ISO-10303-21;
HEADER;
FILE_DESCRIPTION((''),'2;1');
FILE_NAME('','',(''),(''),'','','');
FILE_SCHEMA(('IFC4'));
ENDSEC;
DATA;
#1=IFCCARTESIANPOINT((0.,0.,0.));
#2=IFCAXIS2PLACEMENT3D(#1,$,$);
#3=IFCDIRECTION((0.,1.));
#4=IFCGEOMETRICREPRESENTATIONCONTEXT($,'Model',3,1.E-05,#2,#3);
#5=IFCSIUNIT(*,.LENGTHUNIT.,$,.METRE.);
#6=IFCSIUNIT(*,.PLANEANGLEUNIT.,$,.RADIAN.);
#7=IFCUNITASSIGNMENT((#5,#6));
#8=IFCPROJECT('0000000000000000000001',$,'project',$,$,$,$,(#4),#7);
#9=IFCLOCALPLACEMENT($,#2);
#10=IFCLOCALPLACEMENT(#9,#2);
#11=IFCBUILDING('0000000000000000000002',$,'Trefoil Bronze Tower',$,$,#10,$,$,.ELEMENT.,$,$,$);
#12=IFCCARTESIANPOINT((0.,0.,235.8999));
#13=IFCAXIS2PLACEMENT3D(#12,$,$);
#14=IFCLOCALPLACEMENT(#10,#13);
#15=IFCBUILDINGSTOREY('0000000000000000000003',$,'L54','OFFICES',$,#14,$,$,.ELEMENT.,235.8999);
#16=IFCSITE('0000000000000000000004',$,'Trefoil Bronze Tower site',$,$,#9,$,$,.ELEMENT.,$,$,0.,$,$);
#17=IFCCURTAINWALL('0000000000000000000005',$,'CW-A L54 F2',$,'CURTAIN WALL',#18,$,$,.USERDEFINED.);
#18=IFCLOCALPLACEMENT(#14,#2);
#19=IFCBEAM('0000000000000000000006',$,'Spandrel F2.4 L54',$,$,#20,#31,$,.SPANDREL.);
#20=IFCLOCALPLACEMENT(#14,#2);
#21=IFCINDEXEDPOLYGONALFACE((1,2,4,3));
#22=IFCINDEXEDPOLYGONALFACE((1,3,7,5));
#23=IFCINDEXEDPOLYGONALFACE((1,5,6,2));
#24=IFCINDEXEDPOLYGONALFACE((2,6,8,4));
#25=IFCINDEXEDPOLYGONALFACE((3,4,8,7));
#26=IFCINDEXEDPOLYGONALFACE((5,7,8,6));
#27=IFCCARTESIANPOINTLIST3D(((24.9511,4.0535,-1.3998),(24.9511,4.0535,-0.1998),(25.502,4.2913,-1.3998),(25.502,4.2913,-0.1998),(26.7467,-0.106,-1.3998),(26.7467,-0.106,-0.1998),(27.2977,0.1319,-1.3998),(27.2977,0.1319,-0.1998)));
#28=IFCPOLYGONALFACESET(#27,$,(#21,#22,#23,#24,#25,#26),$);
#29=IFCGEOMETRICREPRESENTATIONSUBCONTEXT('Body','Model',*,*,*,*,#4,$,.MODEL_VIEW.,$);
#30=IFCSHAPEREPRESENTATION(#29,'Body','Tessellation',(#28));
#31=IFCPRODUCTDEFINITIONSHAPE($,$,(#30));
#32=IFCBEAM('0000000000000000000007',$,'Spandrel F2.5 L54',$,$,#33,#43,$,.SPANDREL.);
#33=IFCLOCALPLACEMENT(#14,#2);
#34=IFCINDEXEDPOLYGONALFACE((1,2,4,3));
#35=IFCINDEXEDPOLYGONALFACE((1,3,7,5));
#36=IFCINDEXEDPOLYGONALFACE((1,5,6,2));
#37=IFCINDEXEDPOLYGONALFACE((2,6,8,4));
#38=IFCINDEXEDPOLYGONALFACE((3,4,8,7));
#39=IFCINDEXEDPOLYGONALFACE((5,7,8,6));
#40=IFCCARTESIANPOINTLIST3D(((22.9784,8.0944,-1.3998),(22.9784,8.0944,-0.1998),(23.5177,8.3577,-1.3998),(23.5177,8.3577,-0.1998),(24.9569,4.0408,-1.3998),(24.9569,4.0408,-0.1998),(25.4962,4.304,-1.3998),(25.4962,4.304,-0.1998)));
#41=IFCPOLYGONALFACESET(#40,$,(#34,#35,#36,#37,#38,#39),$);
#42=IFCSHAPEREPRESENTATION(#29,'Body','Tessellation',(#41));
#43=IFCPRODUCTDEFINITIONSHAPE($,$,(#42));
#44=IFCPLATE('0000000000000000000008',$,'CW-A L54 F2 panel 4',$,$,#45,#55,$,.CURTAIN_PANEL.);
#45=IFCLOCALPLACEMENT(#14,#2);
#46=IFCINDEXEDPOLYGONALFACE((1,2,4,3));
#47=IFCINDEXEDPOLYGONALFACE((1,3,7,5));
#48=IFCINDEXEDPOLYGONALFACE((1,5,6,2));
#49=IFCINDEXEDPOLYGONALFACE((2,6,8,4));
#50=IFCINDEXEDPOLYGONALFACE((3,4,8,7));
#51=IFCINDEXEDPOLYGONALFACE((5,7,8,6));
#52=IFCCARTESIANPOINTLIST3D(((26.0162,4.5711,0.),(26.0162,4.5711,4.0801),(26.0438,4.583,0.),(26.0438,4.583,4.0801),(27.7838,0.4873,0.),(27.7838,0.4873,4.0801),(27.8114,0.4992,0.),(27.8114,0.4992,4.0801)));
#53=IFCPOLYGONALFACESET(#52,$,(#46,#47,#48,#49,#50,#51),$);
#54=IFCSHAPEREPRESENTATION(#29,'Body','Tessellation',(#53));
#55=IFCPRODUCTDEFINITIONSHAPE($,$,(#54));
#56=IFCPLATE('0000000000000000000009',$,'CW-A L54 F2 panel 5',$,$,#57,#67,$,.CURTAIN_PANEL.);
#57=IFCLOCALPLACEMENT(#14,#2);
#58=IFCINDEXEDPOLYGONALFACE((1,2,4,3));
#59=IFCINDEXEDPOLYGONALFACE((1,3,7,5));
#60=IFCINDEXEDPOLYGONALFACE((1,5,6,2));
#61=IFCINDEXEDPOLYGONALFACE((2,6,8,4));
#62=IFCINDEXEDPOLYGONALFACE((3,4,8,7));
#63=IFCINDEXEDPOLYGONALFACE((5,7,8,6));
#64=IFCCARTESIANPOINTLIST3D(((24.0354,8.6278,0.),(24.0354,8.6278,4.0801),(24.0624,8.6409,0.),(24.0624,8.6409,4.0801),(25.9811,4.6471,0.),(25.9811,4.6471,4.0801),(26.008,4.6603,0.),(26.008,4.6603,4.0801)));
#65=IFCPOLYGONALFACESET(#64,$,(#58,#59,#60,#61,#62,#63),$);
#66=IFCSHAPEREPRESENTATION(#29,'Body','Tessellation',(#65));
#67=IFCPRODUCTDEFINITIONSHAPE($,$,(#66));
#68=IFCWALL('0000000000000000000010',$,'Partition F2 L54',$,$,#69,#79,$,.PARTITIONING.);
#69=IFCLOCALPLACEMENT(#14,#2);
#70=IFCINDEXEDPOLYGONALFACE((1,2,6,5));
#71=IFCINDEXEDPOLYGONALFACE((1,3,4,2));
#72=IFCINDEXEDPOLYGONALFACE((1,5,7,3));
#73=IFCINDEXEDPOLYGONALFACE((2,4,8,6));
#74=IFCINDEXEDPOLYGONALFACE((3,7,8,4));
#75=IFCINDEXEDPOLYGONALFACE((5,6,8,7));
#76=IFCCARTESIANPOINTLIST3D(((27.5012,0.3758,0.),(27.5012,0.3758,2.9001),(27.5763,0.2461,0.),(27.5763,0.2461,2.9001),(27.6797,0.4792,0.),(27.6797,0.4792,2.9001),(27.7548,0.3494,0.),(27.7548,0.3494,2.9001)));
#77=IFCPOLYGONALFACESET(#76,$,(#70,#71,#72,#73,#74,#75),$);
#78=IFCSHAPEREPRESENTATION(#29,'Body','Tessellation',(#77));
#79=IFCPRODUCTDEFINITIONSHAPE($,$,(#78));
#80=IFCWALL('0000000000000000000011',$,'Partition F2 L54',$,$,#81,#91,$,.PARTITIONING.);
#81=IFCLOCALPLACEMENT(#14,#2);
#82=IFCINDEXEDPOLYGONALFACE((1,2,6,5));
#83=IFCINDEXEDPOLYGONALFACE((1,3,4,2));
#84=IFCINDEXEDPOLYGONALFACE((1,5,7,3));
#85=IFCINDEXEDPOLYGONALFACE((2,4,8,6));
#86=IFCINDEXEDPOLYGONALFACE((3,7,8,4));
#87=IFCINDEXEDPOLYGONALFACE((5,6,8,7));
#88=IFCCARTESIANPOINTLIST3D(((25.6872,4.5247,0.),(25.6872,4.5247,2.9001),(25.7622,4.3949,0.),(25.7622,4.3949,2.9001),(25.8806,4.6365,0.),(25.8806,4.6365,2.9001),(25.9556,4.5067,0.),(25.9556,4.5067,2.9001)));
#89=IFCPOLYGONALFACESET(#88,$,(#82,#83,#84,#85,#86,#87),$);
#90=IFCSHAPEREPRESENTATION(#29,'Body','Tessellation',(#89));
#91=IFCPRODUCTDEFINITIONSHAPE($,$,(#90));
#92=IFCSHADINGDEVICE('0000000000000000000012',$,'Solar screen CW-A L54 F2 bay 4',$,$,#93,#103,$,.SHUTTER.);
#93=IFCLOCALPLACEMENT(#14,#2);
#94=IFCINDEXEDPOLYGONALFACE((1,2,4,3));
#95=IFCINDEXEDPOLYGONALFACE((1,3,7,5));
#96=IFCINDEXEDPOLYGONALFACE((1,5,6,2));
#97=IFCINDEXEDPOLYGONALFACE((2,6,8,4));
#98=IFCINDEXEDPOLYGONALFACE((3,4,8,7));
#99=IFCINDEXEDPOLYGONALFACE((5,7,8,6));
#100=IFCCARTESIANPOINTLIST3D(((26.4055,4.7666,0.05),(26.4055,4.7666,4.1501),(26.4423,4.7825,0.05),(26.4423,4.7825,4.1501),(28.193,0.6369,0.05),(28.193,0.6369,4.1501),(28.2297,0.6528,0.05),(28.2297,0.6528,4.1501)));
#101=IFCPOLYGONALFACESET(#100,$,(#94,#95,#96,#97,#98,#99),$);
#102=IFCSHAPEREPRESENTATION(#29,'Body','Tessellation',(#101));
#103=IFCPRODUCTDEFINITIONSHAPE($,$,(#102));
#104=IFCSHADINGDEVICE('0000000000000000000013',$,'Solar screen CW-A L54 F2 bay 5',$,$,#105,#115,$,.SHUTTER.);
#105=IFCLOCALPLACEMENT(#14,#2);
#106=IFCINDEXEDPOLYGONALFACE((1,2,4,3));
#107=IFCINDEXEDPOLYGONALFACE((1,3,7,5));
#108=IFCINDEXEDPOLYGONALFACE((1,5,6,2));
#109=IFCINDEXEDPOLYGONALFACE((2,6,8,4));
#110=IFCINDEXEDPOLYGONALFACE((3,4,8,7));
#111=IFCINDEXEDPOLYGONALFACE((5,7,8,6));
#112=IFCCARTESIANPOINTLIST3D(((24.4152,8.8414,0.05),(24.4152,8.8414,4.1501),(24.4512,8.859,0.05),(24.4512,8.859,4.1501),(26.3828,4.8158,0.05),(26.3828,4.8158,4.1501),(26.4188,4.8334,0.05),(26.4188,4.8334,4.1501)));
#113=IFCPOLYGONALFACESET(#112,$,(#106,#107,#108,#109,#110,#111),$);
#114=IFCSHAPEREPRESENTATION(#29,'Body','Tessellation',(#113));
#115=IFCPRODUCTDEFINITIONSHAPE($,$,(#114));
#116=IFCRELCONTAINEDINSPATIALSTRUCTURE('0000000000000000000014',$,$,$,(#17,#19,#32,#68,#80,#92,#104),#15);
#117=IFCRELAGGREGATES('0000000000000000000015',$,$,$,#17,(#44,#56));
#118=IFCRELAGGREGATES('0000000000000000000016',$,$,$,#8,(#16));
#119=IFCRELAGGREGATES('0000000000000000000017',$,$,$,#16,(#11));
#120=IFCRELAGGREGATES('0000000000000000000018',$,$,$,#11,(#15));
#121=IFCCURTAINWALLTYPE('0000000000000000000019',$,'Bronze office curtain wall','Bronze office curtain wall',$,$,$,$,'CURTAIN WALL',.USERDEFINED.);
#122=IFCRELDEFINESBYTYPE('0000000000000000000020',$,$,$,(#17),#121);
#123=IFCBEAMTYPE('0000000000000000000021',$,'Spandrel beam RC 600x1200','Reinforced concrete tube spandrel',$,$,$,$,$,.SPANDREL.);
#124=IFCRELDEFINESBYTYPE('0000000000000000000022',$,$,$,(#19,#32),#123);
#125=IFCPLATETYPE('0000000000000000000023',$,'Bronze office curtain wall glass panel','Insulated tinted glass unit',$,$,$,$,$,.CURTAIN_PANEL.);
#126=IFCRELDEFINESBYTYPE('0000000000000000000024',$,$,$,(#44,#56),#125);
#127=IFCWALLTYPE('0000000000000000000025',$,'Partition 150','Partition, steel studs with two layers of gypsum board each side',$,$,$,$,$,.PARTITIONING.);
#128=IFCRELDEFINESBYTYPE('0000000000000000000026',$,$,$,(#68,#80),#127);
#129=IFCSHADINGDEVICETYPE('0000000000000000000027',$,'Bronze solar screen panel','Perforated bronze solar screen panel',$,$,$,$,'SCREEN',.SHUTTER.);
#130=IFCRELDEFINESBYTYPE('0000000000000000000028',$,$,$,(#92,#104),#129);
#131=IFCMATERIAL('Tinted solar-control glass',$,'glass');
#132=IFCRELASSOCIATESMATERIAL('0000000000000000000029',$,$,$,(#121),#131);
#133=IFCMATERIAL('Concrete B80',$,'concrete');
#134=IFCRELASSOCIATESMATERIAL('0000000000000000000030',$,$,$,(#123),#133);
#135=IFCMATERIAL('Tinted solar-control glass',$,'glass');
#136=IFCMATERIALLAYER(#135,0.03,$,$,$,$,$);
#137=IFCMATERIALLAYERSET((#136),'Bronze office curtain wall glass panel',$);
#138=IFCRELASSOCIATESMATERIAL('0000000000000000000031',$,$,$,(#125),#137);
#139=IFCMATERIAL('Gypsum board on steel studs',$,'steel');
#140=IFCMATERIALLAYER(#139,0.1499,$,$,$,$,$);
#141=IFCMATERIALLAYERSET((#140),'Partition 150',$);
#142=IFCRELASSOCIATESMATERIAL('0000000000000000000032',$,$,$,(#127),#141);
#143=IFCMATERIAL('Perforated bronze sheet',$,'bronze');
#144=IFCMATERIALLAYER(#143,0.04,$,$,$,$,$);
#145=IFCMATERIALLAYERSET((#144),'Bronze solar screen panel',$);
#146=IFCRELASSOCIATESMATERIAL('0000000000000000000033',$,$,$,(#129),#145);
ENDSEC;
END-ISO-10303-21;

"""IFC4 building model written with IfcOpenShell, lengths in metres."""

from ifc_helpers import new_model, si_unit, direction, frame, frame_2d, origin, origin_2d, place, context, subcontext, project, spatial, rectangle, extrude, material, layer, layer_set, material_profile, profile_set, type_object, element, aggregate, save


model = new_model("IFC4")

# Units and contexts
model_context = context("Model", 3, precision=1e-05, world=origin(), true_north=direction((0.0, 1.0)))
body_context = subcontext(model_context, "Body", "Model", "MODEL_VIEW")
ifc_project = project(units=[si_unit("LENGTHUNIT", "METRE"), si_unit("PLANEANGLEUNIT", "RADIAN")], contexts=[model_context])

# Site, building, storey
site_placement = place(None, origin())
site = spatial("IfcSite", under=ifc_project, at=site_placement, Name="Trefoil Bronze Tower site", CompositionType="ELEMENT", RefElevation=0.0)
building_placement = place(site_placement, origin())
building = spatial("IfcBuilding", under=site, at=building_placement, Name="Trefoil Bronze Tower", CompositionType="ELEMENT")
storey_placement = place(building_placement, frame((0.0, 0.0, 235.8999)))
storey = spatial("IfcBuildingStorey", under=building, at=storey_placement, Name="L54", Description="OFFICES", CompositionType="ELEMENT", Elevation=235.8999)

# Curtain wall
ifc_material_1 = material(Name="Tinted solar-control glass", Category="glass")
curtain_wall_type = type_object("IfcCurtainWallType", Name="Bronze office curtain wall", Description="Bronze office curtain wall", ElementType="CURTAIN WALL", PredefinedType="USERDEFINED", material=ifc_material_1)
curtain_wall_placement = place(storey_placement, origin())
curtain_wall = element("IfcCurtainWall", 1, at=curtain_wall_placement, inside=storey, type_object=curtain_wall_type, Name="CW-A L54 F2", ObjectType="CURTAIN WALL", PredefinedType="USERDEFINED")

# Beams
ifc_material_2 = material(Name="Concrete B80", Category="concrete")
ifc_material_profile_1 = material_profile(ifc_material_2, rectangle(XDim=0.6001, YDim=1.2, at=origin_2d()), Name="RC 600x1200")
ifc_profile_set_1 = profile_set([ifc_material_profile_1], Name="Concrete B80")
beam_type_1 = type_object("IfcBeamType", Name="Spandrel beam RC 600x1200", Description="Reinforced concrete tube spandrel", PredefinedType="SPANDREL", material=ifc_profile_set_1)
beam_1_placement = place(storey_placement, frame((27.0222, 0.0129, -0.7998), z_axis=(-0.39635, 0.918099, 0.0), x_axis=(-0.918099, -0.39635, 0.0)))
element("IfcBeam", 2, at=beam_1_placement, inside=storey, type_object=beam_type_1, Name="Spandrel F2.4 L54", PredefinedType="SPANDREL", context=body_context, shape_type="SweptSolid", body=[
    extrude(rectangle(XDim=0.6001, YDim=1.2, at=origin_2d()), origin(), (0.0, 0.0, 1.0), 4.5305),
])
beam_2_placement = place(storey_placement, frame((25.2266, 4.1724, -0.7998), z_axis=(-0.43862, 0.898673, 0.0), x_axis=(-0.898673, -0.43862, 0.0)))
element("IfcBeam", 3, at=beam_2_placement, inside=storey, type_object=beam_type_1, Name="Spandrel F2.5 L54", PredefinedType="SPANDREL", context=body_context, shape_type="SweptSolid", body=[
    extrude(rectangle(XDim=0.6001, YDim=1.2, at=origin_2d()), origin(), (0.0, 0.0, 1.0), 4.5107),
])

# Plates
ifc_material_3 = material(Name="Tinted solar-control glass", Category="glass")
ifc_layer_1 = layer(ifc_material_3, 0.03)
ifc_layer_set_1 = layer_set([ifc_layer_1], Name="Bronze office curtain wall glass panel")
plate_type = type_object("IfcPlateType", Name="Bronze office curtain wall glass panel", Description="Insulated tinted glass unit", PredefinedType="CURTAIN_PANEL", material=ifc_layer_set_1)
plate_1_placement = place(storey_placement, frame((26.9138, 2.5352, 0.0), z_axis=(0.0, 0.0, 1.0), x_axis=(-0.39722, 0.917723, 0.0)))
plate_1 = element("IfcPlate", 4, at=plate_1_placement, type_object=plate_type, Name="CW-A L54 F2 panel 4", PredefinedType="CURTAIN_PANEL", context=body_context, shape_type="SweptSolid", body=[
    extrude(rectangle(XDim=4.45, YDim=0.03, at=origin_2d()), origin(), (0.0, 0.0, 1.0), 4.0801),
])
plate_2_placement = place(storey_placement, frame((25.0217, 6.644, 0.0), z_axis=(0.0, 0.0, 1.0), x_axis=(-0.439129, 0.898424, 0.0)))
plate_2 = element("IfcPlate", 5, at=plate_2_placement, type_object=plate_type, Name="CW-A L54 F2 panel 5", PredefinedType="CURTAIN_PANEL", context=body_context, shape_type="SweptSolid", body=[
    extrude(rectangle(XDim=4.4307, YDim=0.03, at=origin_2d()), origin(), (0.0, 0.0, 1.0), 4.0801),
])
aggregate(curtain_wall, [plate_1, plate_2])

# Walls
ifc_material_4 = material(Name="Gypsum board on steel studs", Category="steel")
ifc_layer_2 = layer(ifc_material_4, 0.1499)
ifc_layer_set_2 = layer_set([ifc_layer_2], Name="Partition 150")
wall_type = type_object("IfcWallType", Name="Partition 150", Description="Partition, steel studs with two layers of gypsum board each side", PredefinedType="PARTITIONING", material=ifc_layer_set_2)
wall_1_placement = place(storey_placement, frame((27.5388, 0.311, 0.0), z_axis=(0.0, 0.0, 1.0), x_axis=(0.865534, 0.50085, 0.0)))
element("IfcWall", 6, at=wall_1_placement, inside=storey, type_object=wall_type, Name="Partition F2 L54", PredefinedType="PARTITIONING", context=body_context, shape_type="SweptSolid", body=[
    extrude(rectangle(XDim=0.2063, YDim=0.1499, at=frame_2d((0.103, 0.0))), origin(), (0.0, 0.0, 1.0), 2.9001),
])
wall_2_placement = place(storey_placement, frame((25.7246, 4.4597, 0.0), z_axis=(0.0, 0.0, 1.0), x_axis=(0.865676, 0.500605, 0.0)))
element("IfcWall", 7, at=wall_2_placement, inside=storey, type_object=wall_type, Name="Partition F2 L54", PredefinedType="PARTITIONING", context=body_context, shape_type="SweptSolid", body=[
    extrude(rectangle(XDim=0.2234, YDim=0.1499, at=frame_2d((0.1118, 0.0))), origin(), (0.0, 0.0, 1.0), 2.9001),
])

# Shading devices
ifc_material_5 = material(Name="Perforated bronze sheet", Category="bronze")
ifc_layer_3 = layer(ifc_material_5, 0.04)
ifc_layer_set_3 = layer_set([ifc_layer_3], Name="Bronze solar screen panel")
shading_device_type = type_object("IfcShadingDeviceType", Name="Bronze solar screen panel", Description="Perforated bronze solar screen panel", ElementType="SCREEN", PredefinedType="SHUTTER", material=ifc_layer_set_3)
shading_device_1_placement = place(storey_placement, frame((27.3176, 2.7097, 0.05), z_axis=(0.0, 0.0, 1.0), x_axis=(-0.39722, 0.917723, 0.0)))
element("IfcShadingDevice", 8, at=shading_device_1_placement, inside=storey, type_object=shading_device_type, Name="Solar screen CW-A L54 F2 bay 4", PredefinedType="SHUTTER", context=body_context, shape_type="SweptSolid", body=[
    extrude(rectangle(XDim=4.5, YDim=0.04, at=origin_2d()), origin(), (0.0, 0.0, 1.0), 4.1001),
])
shading_device_2_placement = place(storey_placement, frame((25.417, 6.8374, 0.05), z_axis=(0.0, 0.0, 1.0), x_axis=(-0.439129, 0.898424, 0.0)))
element("IfcShadingDevice", 9, at=shading_device_2_placement, inside=storey, type_object=shading_device_type, Name="Solar screen CW-A L54 F2 bay 5", PredefinedType="SHUTTER", context=body_context, shape_type="SweptSolid", body=[
    extrude(rectangle(XDim=4.4807, YDim=0.04, at=origin_2d()), origin(), (0.0, 0.0, 1.0), 4.1001),
])

save(model, "model.ifc")
